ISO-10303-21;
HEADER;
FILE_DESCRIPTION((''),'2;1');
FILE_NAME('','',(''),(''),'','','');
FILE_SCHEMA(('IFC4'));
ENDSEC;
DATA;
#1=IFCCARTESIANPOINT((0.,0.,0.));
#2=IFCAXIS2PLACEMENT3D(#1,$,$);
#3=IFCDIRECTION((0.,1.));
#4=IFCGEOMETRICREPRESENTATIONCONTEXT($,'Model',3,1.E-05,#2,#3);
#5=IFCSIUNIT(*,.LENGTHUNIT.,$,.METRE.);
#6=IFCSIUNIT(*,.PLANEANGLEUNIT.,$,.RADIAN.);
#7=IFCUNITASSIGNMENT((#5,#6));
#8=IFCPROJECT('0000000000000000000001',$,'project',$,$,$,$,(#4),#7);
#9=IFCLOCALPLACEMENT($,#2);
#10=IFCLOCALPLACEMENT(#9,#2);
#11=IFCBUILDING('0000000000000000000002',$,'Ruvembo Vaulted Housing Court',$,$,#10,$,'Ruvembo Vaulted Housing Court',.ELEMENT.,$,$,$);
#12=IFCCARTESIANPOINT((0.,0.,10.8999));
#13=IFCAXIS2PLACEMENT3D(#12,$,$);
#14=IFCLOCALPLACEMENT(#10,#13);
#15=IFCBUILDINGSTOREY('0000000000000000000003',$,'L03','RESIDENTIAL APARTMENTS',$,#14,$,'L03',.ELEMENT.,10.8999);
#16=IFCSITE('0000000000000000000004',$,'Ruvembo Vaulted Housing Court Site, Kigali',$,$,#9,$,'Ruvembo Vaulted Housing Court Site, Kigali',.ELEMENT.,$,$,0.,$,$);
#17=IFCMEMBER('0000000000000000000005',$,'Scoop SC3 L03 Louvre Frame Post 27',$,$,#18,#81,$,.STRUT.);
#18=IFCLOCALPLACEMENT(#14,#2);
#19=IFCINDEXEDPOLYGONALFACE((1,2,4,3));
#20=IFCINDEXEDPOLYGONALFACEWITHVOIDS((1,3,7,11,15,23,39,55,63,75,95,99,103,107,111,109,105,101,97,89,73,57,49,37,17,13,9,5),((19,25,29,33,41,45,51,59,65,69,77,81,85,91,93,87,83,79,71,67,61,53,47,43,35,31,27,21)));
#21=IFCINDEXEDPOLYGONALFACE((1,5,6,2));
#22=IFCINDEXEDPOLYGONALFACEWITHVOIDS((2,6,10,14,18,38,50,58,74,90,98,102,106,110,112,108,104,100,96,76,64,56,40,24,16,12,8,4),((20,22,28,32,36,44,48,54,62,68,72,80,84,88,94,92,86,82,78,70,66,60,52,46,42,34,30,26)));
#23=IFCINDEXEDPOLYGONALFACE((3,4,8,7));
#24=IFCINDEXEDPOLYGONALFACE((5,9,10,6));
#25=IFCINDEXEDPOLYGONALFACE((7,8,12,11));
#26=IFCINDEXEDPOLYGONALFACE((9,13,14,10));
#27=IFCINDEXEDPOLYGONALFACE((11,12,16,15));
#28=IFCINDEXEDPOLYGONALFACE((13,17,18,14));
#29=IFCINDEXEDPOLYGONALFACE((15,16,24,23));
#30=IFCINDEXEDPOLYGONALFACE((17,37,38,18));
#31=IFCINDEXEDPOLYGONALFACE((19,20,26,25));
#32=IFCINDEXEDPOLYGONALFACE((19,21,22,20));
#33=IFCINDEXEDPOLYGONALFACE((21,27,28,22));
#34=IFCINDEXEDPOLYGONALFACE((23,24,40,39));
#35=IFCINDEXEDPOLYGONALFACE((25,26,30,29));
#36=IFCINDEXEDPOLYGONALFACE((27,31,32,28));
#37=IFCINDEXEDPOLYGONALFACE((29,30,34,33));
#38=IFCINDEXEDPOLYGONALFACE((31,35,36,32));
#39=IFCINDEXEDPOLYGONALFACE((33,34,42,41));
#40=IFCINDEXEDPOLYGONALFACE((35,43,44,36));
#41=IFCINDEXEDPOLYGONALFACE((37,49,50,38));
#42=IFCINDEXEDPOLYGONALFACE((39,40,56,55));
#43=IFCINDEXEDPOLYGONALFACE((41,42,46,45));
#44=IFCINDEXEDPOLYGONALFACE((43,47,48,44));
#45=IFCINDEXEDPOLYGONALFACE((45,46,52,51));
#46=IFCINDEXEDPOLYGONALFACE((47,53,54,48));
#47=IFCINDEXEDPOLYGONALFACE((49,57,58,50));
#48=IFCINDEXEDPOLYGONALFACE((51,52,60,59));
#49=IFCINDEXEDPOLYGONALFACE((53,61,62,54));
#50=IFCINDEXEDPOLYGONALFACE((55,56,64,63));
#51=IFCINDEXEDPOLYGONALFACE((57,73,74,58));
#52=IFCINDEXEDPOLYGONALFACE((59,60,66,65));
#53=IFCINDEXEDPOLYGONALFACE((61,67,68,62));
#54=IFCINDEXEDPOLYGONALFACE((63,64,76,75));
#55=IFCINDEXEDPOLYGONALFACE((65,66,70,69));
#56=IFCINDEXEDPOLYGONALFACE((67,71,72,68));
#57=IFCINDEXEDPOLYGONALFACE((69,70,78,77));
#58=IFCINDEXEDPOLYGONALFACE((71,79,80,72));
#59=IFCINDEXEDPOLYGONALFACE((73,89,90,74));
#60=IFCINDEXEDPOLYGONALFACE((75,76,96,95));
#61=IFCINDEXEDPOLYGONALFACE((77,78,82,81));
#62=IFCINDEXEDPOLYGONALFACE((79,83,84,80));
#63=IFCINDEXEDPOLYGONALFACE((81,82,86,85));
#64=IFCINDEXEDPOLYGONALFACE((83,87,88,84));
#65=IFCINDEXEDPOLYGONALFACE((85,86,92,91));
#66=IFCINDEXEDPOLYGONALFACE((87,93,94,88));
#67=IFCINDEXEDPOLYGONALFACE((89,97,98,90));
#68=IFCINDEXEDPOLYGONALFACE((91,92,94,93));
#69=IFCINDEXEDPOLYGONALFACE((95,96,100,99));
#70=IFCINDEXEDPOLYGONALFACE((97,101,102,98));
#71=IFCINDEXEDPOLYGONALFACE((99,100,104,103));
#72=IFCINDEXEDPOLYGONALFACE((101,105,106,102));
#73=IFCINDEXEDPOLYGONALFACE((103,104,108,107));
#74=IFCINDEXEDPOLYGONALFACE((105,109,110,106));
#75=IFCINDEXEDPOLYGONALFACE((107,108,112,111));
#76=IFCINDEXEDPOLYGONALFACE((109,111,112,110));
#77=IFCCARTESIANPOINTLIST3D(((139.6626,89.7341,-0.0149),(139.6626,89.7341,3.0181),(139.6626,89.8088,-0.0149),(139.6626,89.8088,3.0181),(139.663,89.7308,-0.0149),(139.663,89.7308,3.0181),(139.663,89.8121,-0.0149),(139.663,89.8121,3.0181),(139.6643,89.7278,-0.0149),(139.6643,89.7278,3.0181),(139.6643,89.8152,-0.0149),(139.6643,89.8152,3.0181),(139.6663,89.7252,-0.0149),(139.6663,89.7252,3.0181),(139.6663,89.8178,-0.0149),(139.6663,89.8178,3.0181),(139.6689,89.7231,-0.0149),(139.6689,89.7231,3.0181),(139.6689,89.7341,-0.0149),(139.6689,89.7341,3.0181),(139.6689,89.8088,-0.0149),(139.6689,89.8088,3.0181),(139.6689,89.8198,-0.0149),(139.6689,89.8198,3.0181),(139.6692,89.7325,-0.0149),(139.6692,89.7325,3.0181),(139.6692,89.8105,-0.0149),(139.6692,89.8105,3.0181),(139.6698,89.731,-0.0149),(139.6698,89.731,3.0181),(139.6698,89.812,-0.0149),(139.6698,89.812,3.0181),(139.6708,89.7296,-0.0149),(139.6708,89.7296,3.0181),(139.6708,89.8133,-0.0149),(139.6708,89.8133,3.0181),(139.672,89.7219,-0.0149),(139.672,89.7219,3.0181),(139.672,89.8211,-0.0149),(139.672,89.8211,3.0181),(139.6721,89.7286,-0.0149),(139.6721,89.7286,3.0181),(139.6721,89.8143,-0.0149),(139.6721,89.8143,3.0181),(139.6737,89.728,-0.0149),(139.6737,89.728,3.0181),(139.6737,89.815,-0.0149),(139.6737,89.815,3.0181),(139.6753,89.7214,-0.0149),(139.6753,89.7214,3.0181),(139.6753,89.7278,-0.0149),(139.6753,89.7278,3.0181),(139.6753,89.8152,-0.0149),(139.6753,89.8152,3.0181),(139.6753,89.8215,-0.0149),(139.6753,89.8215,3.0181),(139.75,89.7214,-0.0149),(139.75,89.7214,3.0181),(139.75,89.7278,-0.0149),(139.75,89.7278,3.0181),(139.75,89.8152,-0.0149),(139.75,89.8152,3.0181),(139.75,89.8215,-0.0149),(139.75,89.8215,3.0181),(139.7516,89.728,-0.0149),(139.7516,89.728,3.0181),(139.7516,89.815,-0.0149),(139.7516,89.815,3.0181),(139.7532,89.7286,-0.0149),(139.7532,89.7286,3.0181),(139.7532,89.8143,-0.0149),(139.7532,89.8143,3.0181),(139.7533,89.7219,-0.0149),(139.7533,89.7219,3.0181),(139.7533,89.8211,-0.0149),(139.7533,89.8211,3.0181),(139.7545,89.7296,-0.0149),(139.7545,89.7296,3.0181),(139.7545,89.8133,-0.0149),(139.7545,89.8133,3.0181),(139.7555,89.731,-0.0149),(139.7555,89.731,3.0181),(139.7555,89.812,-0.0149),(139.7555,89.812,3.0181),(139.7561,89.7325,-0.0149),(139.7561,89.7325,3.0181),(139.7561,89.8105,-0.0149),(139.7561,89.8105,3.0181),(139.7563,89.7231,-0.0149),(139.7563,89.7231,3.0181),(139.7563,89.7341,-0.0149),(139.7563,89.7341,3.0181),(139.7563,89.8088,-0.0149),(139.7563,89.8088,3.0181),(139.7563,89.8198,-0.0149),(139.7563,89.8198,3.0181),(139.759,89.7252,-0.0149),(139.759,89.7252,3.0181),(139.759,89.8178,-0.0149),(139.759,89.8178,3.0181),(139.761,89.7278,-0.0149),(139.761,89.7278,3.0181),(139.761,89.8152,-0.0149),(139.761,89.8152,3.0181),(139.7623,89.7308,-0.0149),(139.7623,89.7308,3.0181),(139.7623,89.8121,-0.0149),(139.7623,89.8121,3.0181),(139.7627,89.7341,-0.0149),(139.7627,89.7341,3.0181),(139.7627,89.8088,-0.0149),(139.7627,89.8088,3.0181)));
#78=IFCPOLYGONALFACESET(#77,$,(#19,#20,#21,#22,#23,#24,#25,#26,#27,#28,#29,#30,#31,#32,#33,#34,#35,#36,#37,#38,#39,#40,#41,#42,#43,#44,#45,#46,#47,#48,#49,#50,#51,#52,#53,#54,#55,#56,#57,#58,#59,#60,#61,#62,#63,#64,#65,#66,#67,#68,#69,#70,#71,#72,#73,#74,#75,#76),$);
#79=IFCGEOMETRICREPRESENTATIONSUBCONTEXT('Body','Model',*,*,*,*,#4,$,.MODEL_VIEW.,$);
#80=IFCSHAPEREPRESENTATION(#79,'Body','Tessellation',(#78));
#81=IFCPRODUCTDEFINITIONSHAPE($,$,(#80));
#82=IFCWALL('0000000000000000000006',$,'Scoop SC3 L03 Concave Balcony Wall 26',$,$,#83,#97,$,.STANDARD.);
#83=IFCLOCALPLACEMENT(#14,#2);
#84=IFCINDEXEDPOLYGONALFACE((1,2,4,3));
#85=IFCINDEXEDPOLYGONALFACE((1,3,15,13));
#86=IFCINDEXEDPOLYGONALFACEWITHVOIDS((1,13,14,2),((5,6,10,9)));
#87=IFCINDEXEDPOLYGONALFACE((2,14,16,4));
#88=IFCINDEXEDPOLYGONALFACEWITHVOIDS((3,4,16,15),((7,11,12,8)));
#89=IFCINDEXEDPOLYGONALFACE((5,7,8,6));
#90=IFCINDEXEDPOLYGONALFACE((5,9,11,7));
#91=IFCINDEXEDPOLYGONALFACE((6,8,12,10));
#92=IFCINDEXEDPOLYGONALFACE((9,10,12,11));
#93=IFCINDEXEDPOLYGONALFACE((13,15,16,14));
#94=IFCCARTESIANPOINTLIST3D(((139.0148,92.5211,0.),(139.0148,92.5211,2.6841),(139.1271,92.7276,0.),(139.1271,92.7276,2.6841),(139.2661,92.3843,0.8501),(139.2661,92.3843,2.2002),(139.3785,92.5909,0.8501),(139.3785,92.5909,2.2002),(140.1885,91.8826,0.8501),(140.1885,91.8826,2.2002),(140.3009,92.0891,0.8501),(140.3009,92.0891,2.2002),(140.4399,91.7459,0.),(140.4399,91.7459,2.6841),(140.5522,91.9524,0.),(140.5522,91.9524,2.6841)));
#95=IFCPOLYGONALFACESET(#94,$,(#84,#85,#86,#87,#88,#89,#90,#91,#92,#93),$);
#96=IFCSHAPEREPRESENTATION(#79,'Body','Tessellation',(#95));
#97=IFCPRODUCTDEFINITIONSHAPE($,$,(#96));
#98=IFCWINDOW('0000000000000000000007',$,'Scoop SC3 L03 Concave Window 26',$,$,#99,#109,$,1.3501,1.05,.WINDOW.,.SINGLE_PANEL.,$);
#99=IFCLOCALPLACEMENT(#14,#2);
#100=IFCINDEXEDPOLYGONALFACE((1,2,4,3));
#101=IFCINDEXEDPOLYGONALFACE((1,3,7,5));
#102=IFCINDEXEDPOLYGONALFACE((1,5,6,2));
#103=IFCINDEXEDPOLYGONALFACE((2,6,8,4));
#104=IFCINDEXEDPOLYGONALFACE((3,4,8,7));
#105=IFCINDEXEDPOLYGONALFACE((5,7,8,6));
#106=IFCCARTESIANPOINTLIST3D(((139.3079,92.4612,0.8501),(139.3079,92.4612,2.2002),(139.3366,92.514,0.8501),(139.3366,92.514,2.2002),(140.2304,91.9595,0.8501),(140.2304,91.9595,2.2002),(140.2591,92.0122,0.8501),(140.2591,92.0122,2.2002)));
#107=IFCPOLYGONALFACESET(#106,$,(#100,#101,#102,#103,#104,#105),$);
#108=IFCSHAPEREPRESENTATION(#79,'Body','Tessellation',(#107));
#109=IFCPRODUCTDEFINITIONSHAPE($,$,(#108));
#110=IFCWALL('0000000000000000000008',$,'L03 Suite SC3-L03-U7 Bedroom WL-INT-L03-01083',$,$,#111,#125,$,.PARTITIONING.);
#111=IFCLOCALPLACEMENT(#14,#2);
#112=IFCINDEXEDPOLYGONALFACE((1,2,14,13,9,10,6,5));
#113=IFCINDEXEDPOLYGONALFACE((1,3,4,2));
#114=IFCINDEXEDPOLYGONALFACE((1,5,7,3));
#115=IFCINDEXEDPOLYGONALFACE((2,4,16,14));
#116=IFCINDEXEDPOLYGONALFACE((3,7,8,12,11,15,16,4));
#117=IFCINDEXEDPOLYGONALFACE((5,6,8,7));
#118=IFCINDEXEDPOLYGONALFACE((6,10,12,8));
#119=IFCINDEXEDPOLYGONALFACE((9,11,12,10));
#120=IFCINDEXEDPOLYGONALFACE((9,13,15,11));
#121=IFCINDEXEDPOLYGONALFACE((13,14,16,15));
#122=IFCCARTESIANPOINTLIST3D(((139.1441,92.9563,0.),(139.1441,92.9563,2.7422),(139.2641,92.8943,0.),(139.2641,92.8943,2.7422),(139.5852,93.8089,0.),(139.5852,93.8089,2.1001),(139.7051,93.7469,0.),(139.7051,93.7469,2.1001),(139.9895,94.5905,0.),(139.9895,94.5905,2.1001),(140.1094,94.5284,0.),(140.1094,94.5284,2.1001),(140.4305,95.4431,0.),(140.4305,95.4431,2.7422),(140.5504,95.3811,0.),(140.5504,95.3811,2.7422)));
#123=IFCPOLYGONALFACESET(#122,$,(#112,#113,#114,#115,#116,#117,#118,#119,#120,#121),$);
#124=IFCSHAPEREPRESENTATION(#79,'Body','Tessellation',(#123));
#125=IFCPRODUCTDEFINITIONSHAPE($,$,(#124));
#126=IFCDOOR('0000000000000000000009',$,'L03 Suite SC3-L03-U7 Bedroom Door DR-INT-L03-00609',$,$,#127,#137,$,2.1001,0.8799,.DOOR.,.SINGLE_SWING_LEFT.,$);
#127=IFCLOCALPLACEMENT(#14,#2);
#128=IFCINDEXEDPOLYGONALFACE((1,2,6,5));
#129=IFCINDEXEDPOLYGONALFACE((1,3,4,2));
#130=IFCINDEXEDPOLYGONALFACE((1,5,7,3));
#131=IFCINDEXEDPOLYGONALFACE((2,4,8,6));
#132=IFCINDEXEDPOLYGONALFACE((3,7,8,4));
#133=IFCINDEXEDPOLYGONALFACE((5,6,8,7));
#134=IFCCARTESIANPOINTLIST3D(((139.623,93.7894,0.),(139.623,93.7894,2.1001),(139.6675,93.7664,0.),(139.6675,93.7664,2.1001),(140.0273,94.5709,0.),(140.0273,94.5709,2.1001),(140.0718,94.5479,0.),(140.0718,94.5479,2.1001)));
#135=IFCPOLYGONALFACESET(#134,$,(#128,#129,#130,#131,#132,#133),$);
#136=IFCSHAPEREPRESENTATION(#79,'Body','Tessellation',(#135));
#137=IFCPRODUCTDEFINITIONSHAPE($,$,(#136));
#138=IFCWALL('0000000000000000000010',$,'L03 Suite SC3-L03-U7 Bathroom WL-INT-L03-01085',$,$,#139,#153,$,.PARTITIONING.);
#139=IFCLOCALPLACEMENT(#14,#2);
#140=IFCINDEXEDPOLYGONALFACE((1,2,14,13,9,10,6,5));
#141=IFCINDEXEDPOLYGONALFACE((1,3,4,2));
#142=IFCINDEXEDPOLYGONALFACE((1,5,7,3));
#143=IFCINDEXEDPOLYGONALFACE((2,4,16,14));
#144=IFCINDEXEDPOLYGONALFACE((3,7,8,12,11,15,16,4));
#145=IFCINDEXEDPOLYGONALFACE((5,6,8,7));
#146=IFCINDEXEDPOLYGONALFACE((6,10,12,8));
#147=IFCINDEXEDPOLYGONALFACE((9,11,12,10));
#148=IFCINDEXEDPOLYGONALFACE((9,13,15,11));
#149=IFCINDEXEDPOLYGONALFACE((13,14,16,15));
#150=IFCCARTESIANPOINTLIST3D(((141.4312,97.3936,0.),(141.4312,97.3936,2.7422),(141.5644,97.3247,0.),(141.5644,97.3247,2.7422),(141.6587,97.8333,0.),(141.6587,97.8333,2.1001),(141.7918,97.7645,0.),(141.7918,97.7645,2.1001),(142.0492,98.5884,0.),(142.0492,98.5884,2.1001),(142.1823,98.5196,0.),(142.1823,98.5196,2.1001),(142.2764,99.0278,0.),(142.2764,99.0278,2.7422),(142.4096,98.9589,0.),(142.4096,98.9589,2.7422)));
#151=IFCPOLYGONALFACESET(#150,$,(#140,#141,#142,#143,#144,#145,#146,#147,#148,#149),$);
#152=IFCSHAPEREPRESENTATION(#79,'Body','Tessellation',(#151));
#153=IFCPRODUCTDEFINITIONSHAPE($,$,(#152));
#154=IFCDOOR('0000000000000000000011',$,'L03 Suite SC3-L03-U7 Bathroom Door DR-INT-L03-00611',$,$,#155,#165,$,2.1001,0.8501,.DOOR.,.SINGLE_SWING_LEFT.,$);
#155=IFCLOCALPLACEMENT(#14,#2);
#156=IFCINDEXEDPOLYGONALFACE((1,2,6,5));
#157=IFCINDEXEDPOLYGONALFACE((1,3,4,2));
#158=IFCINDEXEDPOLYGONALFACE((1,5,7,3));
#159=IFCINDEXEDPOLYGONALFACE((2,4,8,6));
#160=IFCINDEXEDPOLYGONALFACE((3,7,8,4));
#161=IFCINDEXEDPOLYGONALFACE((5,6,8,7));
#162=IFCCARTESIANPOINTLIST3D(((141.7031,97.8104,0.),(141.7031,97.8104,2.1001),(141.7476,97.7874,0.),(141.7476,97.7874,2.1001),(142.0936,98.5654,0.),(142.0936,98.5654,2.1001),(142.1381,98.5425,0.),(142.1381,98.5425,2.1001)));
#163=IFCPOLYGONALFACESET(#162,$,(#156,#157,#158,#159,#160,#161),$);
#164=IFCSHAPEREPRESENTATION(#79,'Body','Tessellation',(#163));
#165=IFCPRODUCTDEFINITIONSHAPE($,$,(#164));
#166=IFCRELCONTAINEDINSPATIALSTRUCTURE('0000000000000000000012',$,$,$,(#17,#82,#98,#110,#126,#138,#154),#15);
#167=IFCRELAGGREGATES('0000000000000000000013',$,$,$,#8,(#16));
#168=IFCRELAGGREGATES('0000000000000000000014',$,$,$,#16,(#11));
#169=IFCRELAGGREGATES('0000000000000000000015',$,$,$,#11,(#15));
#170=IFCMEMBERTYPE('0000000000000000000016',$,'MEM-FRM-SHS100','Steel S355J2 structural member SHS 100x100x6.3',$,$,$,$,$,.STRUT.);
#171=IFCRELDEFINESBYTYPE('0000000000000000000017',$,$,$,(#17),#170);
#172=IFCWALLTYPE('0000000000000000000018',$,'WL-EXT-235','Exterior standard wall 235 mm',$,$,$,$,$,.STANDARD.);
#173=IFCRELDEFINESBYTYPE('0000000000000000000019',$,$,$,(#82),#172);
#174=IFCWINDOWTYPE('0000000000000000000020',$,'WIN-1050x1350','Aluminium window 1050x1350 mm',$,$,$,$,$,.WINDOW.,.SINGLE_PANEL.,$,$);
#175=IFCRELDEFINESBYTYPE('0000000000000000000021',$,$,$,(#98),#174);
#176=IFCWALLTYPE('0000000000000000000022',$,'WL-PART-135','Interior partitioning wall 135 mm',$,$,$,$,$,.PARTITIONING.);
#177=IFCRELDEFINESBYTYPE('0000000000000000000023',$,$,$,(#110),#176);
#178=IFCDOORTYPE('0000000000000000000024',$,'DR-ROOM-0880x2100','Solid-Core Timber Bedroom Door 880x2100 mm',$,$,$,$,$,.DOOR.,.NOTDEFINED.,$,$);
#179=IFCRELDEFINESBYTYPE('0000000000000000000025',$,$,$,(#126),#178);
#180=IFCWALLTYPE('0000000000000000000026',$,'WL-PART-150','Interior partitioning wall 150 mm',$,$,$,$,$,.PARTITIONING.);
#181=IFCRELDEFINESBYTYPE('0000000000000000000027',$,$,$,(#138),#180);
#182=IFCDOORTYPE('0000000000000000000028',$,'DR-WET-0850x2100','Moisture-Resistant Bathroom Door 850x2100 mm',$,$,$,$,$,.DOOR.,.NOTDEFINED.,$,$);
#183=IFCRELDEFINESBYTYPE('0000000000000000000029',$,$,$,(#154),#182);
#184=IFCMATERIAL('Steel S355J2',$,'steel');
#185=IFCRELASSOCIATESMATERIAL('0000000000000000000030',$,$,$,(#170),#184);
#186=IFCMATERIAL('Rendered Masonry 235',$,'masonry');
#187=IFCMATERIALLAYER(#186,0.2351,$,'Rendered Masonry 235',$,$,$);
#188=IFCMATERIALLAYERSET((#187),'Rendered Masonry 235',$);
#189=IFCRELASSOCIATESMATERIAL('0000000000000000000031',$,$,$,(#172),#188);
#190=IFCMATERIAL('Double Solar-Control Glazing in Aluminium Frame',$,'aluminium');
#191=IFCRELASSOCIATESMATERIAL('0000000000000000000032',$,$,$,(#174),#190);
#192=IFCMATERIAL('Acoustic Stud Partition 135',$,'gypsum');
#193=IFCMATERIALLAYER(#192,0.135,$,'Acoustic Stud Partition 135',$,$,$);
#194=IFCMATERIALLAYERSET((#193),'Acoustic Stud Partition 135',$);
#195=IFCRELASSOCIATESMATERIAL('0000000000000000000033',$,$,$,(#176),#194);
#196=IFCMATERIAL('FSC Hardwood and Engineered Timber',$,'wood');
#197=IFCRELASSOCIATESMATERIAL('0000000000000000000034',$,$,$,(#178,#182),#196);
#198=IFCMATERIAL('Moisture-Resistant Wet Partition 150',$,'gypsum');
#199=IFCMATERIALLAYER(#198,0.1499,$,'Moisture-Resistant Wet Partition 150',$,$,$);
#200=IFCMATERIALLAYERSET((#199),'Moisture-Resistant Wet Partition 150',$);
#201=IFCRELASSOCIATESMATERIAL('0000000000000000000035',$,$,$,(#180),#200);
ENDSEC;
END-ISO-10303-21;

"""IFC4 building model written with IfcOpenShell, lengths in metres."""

from ifc_helpers import new_model, si_unit, direction, frame, frame_2d, origin, origin_2d, place, context, subcontext, project, spatial, rectangle, hollow_rectangle, extrude, material, layer, layer_set, material_profile, profile_set, type_object, element, fill, save


model = new_model("IFC4")

# Units and contexts
model_context = context("Model", 3, precision=1e-05, world=origin(), true_north=direction((0.0, 1.0)))
body_context = subcontext(model_context, "Body", "Model", "MODEL_VIEW")
ifc_project = project(units=[si_unit("LENGTHUNIT", "METRE"), si_unit("PLANEANGLEUNIT", "RADIAN")], contexts=[model_context])

# Site, building, storey
site_placement = place(None, origin())
site = spatial("IfcSite", under=ifc_project, at=site_placement, Name="Ruvembo Vaulted Housing Court Site, Kigali", LongName="Ruvembo Vaulted Housing Court Site, Kigali", CompositionType="ELEMENT", RefElevation=0.0)
building_placement = place(site_placement, origin())
building = spatial("IfcBuilding", under=site, at=building_placement, Name="Ruvembo Vaulted Housing Court", LongName="Ruvembo Vaulted Housing Court", CompositionType="ELEMENT")
storey_placement = place(building_placement, frame((0.0, 0.0, 10.8999)))
storey = spatial("IfcBuildingStorey", under=building, at=storey_placement, Name="L03", Description="RESIDENTIAL APARTMENTS", LongName="L03", CompositionType="ELEMENT", Elevation=10.8999)

# Shared definitions
ifc_material_1 = material(Name="Steel S355J2", Category="steel")

# Member
ifc_material_profile_1 = material_profile(ifc_material_1, hollow_rectangle(XDim=0.1001, YDim=0.1001, WallThickness=0.0063, InnerFilletRadius=0.0063, OuterFilletRadius=0.0127, at=origin_2d()), Name="SHS 100x100x6.3")
ifc_profile_set_1 = profile_set([ifc_material_profile_1], Name="Steel S355J2")
member_type_1 = type_object("IfcMemberType", Name="MEM-FRM-SHS100", Description="Steel S355J2 structural member SHS 100x100x6.3", PredefinedType="STRUT", material=ifc_profile_set_1)
member_1_placement = place(storey_placement, frame((139.7126, 89.7715, -0.0149), z_axis=(0.0, 0.0, 1.0), x_axis=(1.0, 0.0, 0.0)))
element("IfcMember", 1, at=member_1_placement, inside=storey, type_object=member_type_1, Name="Scoop SC3 L03 Louvre Frame Post 27", PredefinedType="STRUT", context=body_context, shape_type="SweptSolid", body=[
    extrude(hollow_rectangle(XDim=0.1001, YDim=0.1001, WallThickness=0.0063, InnerFilletRadius=0.0063, OuterFilletRadius=0.0127, at=origin_2d()), origin(), (0.0, 0.0, 1.0), 3.033),
])

# Shared definitions
ifc_material_2 = material(Name="FSC Hardwood and Engineered Timber", Category="wood")

# Wall, opening, window
ifc_material_3 = material(Name="Rendered Masonry 235", Category="masonry")
ifc_layer_1 = layer(ifc_material_3, 0.2351, Name="Rendered Masonry 235")
ifc_layer_set_1 = layer_set([ifc_layer_1], Name="Rendered Masonry 235")
wall_type_1 = type_object("IfcWallType", Name="WL-EXT-235", Description="Exterior standard wall 235 mm", PredefinedType="STANDARD", material=ifc_layer_set_1)
wall_1_placement = place(storey_placement, frame((139.071, 92.6243, 0.0), z_axis=(0.0, 0.0, 1.0), x_axis=(0.878453, -0.477829, 0.0)))
wall_1 = element("IfcWall", 2, at=wall_1_placement, inside=storey, type_object=wall_type_1, Name="Scoop SC3 L03 Concave Balcony Wall 26", PredefinedType="STANDARD", context=body_context, shape_type="SweptSolid", body=[
    extrude(rectangle(XDim=1.6223, YDim=0.2351, at=frame_2d((0.811, 0.0))), origin(), (0.0, 0.0, 1.0), 2.6841),
])
opening_1_placement = place(wall_1_placement, frame((0.2861, 0.0, 0.8501)))
opening_1 = element("IfcOpeningElement", 3, at=opening_1_placement, cuts=wall_1, PredefinedType="OPENING", context=body_context, shape_type="SweptSolid", body=[
    extrude(rectangle(XDim=1.05, YDim=1.3501, at=frame_2d((0.5249, 0.675))), frame((0.0, 0.1274, 0.0), z_axis=(0.0, -1.0, 0.0), x_axis=(1.0, 0.0, 0.0)), (0.0, 0.0, 1.0), 0.2551),
])
ifc_material_4 = material(Name="Double Solar-Control Glazing in Aluminium Frame", Category="aluminium")
window_type = type_object("IfcWindowType", Name="WIN-1050x1350", Description="Aluminium window 1050x1350 mm", PartitioningType="SINGLE_PANEL", PredefinedType="WINDOW", material=ifc_material_4)
window_placement = place(opening_1_placement, origin())
window = element("IfcWindow", 4, at=window_placement, inside=storey, type_object=window_type, Name="Scoop SC3 L03 Concave Window 26", OverallHeight=1.3501, OverallWidth=1.05, PartitioningType="SINGLE_PANEL", PredefinedType="WINDOW", context=body_context, shape_type="SweptSolid", body=[
    extrude(rectangle(XDim=1.05, YDim=1.3501, at=frame_2d((0.5249, 0.675))), frame((0.0, 0.03, 0.0), z_axis=(0.0, -1.0, 0.0), x_axis=(1.0, 0.0, 0.0)), (0.0, 0.0, 1.0), 0.0601),
])
fill(opening_1, window)

# Walls, openings, doors
ifc_material_5 = material(Name="Acoustic Stud Partition 135", Category="gypsum")
ifc_layer_2 = layer(ifc_material_5, 0.135, Name="Acoustic Stud Partition 135")
ifc_layer_set_2 = layer_set([ifc_layer_2], Name="Acoustic Stud Partition 135")
wall_type_2 = type_object("IfcWallType", Name="WL-PART-135", Description="Interior partitioning wall 135 mm", PredefinedType="PARTITIONING", material=ifc_layer_set_2)
wall_2_placement = place(storey_placement, frame((139.2041, 92.9253, 0.0), z_axis=(0.0, 0.0, 1.0), x_axis=(0.459449, 0.888204, 0.0)))
wall_2 = element("IfcWall", 5, at=wall_2_placement, inside=storey, type_object=wall_type_2, Name="L03 Suite SC3-L03-U7 Bedroom WL-INT-L03-01083", PredefinedType="PARTITIONING", context=body_context, shape_type="SweptSolid", body=[
    extrude(rectangle(XDim=2.7998, YDim=0.135, at=frame_2d((1.3999, 0.0))), origin(), (0.0, 0.0, 1.0), 2.7422),
])
opening_2_placement = place(wall_2_placement, frame((0.96, 0.0, 0.0)))
opening_2 = element("IfcOpeningElement", 6, at=opening_2_placement, cuts=wall_2, PredefinedType="OPENING", context=body_context, shape_type="SweptSolid", body=[
    extrude(rectangle(XDim=0.8799, YDim=2.1001, at=frame_2d((0.4399, 1.05))), frame((0.0, 0.0774, 0.0), z_axis=(0.0, -1.0, 0.0), x_axis=(1.0, 0.0, 0.0)), (0.0, 0.0, 1.0), 0.155),
])
door_type_1 = type_object("IfcDoorType", Name="DR-ROOM-0880x2100", Description="Solid-Core Timber Bedroom Door 880x2100 mm", OperationType="NOTDEFINED", PredefinedType="DOOR", material=ifc_material_2)
door_1_placement = place(opening_2_placement, origin())
door_1 = element("IfcDoor", 7, at=door_1_placement, inside=storey, type_object=door_type_1, Name="L03 Suite SC3-L03-U7 Bedroom Door DR-INT-L03-00609", OperationType="SINGLE_SWING_LEFT", OverallHeight=2.1001, OverallWidth=0.8799, PredefinedType="DOOR", context=body_context, shape_type="SweptSolid", body=[
    extrude(rectangle(XDim=0.8799, YDim=2.1001, at=frame_2d((0.4399, 1.05))), frame((0.0, 0.0249, 0.0), z_axis=(0.0, -1.0, 0.0), x_axis=(1.0, 0.0, 0.0)), (0.0, 0.0, 1.0), 0.05),
])
fill(opening_2, door_1)
ifc_material_6 = material(Name="Moisture-Resistant Wet Partition 150", Category="gypsum")
ifc_layer_3 = layer(ifc_material_6, 0.1499, Name="Moisture-Resistant Wet Partition 150")
ifc_layer_set_3 = layer_set([ifc_layer_3], Name="Moisture-Resistant Wet Partition 150")
wall_type_3 = type_object("IfcWallType", Name="WL-PART-150", Description="Interior partitioning wall 150 mm", PredefinedType="PARTITIONING", material=ifc_layer_set_3)
wall_3_placement = place(storey_placement, frame((141.4978, 97.3591, 0.0), z_axis=(0.0, 0.0, 1.0), x_axis=(0.45938, 0.88824, 0.0)))
wall_3 = element("IfcWall", 8, at=wall_3_placement, inside=storey, type_object=wall_type_3, Name="L03 Suite SC3-L03-U7 Bathroom WL-INT-L03-01085", PredefinedType="PARTITIONING", context=body_context, shape_type="SweptSolid", body=[
    extrude(rectangle(XDim=1.8398, YDim=0.1499, at=frame_2d((0.9199, 0.0))), origin(), (0.0, 0.0, 1.0), 2.7422),
])
opening_3_placement = place(wall_3_placement, frame((0.4951, 0.0, 0.0)))
opening_3 = element("IfcOpeningElement", 9, at=opening_3_placement, cuts=wall_3, PredefinedType="OPENING", context=body_context, shape_type="SweptSolid", body=[
    extrude(rectangle(XDim=0.8501, YDim=2.1001, at=frame_2d((0.425, 1.05))), frame((0.0, 0.085, 0.0), z_axis=(0.0, -1.0, 0.0), x_axis=(1.0, 0.0, 0.0)), (0.0, 0.0, 1.0), 0.1699),
])
door_type_2 = type_object("IfcDoorType", Name="DR-WET-0850x2100", Description="Moisture-Resistant Bathroom Door 850x2100 mm", OperationType="NOTDEFINED", PredefinedType="DOOR", material=ifc_material_2)
door_2_placement = place(opening_3_placement, origin())
door_2 = element("IfcDoor", 10, at=door_2_placement, inside=storey, type_object=door_type_2, Name="L03 Suite SC3-L03-U7 Bathroom Door DR-INT-L03-00611", OperationType="SINGLE_SWING_LEFT", OverallHeight=2.1001, OverallWidth=0.8501, PredefinedType="DOOR", context=body_context, shape_type="SweptSolid", body=[
    extrude(rectangle(XDim=0.8501, YDim=2.1001, at=frame_2d((0.425, 1.05))), frame((0.0, 0.0249, 0.0), z_axis=(0.0, -1.0, 0.0), x_axis=(1.0, 0.0, 0.0)), (0.0, 0.0, 1.0), 0.05),
])
fill(opening_3, door_2)

save(model, "model.ifc")
